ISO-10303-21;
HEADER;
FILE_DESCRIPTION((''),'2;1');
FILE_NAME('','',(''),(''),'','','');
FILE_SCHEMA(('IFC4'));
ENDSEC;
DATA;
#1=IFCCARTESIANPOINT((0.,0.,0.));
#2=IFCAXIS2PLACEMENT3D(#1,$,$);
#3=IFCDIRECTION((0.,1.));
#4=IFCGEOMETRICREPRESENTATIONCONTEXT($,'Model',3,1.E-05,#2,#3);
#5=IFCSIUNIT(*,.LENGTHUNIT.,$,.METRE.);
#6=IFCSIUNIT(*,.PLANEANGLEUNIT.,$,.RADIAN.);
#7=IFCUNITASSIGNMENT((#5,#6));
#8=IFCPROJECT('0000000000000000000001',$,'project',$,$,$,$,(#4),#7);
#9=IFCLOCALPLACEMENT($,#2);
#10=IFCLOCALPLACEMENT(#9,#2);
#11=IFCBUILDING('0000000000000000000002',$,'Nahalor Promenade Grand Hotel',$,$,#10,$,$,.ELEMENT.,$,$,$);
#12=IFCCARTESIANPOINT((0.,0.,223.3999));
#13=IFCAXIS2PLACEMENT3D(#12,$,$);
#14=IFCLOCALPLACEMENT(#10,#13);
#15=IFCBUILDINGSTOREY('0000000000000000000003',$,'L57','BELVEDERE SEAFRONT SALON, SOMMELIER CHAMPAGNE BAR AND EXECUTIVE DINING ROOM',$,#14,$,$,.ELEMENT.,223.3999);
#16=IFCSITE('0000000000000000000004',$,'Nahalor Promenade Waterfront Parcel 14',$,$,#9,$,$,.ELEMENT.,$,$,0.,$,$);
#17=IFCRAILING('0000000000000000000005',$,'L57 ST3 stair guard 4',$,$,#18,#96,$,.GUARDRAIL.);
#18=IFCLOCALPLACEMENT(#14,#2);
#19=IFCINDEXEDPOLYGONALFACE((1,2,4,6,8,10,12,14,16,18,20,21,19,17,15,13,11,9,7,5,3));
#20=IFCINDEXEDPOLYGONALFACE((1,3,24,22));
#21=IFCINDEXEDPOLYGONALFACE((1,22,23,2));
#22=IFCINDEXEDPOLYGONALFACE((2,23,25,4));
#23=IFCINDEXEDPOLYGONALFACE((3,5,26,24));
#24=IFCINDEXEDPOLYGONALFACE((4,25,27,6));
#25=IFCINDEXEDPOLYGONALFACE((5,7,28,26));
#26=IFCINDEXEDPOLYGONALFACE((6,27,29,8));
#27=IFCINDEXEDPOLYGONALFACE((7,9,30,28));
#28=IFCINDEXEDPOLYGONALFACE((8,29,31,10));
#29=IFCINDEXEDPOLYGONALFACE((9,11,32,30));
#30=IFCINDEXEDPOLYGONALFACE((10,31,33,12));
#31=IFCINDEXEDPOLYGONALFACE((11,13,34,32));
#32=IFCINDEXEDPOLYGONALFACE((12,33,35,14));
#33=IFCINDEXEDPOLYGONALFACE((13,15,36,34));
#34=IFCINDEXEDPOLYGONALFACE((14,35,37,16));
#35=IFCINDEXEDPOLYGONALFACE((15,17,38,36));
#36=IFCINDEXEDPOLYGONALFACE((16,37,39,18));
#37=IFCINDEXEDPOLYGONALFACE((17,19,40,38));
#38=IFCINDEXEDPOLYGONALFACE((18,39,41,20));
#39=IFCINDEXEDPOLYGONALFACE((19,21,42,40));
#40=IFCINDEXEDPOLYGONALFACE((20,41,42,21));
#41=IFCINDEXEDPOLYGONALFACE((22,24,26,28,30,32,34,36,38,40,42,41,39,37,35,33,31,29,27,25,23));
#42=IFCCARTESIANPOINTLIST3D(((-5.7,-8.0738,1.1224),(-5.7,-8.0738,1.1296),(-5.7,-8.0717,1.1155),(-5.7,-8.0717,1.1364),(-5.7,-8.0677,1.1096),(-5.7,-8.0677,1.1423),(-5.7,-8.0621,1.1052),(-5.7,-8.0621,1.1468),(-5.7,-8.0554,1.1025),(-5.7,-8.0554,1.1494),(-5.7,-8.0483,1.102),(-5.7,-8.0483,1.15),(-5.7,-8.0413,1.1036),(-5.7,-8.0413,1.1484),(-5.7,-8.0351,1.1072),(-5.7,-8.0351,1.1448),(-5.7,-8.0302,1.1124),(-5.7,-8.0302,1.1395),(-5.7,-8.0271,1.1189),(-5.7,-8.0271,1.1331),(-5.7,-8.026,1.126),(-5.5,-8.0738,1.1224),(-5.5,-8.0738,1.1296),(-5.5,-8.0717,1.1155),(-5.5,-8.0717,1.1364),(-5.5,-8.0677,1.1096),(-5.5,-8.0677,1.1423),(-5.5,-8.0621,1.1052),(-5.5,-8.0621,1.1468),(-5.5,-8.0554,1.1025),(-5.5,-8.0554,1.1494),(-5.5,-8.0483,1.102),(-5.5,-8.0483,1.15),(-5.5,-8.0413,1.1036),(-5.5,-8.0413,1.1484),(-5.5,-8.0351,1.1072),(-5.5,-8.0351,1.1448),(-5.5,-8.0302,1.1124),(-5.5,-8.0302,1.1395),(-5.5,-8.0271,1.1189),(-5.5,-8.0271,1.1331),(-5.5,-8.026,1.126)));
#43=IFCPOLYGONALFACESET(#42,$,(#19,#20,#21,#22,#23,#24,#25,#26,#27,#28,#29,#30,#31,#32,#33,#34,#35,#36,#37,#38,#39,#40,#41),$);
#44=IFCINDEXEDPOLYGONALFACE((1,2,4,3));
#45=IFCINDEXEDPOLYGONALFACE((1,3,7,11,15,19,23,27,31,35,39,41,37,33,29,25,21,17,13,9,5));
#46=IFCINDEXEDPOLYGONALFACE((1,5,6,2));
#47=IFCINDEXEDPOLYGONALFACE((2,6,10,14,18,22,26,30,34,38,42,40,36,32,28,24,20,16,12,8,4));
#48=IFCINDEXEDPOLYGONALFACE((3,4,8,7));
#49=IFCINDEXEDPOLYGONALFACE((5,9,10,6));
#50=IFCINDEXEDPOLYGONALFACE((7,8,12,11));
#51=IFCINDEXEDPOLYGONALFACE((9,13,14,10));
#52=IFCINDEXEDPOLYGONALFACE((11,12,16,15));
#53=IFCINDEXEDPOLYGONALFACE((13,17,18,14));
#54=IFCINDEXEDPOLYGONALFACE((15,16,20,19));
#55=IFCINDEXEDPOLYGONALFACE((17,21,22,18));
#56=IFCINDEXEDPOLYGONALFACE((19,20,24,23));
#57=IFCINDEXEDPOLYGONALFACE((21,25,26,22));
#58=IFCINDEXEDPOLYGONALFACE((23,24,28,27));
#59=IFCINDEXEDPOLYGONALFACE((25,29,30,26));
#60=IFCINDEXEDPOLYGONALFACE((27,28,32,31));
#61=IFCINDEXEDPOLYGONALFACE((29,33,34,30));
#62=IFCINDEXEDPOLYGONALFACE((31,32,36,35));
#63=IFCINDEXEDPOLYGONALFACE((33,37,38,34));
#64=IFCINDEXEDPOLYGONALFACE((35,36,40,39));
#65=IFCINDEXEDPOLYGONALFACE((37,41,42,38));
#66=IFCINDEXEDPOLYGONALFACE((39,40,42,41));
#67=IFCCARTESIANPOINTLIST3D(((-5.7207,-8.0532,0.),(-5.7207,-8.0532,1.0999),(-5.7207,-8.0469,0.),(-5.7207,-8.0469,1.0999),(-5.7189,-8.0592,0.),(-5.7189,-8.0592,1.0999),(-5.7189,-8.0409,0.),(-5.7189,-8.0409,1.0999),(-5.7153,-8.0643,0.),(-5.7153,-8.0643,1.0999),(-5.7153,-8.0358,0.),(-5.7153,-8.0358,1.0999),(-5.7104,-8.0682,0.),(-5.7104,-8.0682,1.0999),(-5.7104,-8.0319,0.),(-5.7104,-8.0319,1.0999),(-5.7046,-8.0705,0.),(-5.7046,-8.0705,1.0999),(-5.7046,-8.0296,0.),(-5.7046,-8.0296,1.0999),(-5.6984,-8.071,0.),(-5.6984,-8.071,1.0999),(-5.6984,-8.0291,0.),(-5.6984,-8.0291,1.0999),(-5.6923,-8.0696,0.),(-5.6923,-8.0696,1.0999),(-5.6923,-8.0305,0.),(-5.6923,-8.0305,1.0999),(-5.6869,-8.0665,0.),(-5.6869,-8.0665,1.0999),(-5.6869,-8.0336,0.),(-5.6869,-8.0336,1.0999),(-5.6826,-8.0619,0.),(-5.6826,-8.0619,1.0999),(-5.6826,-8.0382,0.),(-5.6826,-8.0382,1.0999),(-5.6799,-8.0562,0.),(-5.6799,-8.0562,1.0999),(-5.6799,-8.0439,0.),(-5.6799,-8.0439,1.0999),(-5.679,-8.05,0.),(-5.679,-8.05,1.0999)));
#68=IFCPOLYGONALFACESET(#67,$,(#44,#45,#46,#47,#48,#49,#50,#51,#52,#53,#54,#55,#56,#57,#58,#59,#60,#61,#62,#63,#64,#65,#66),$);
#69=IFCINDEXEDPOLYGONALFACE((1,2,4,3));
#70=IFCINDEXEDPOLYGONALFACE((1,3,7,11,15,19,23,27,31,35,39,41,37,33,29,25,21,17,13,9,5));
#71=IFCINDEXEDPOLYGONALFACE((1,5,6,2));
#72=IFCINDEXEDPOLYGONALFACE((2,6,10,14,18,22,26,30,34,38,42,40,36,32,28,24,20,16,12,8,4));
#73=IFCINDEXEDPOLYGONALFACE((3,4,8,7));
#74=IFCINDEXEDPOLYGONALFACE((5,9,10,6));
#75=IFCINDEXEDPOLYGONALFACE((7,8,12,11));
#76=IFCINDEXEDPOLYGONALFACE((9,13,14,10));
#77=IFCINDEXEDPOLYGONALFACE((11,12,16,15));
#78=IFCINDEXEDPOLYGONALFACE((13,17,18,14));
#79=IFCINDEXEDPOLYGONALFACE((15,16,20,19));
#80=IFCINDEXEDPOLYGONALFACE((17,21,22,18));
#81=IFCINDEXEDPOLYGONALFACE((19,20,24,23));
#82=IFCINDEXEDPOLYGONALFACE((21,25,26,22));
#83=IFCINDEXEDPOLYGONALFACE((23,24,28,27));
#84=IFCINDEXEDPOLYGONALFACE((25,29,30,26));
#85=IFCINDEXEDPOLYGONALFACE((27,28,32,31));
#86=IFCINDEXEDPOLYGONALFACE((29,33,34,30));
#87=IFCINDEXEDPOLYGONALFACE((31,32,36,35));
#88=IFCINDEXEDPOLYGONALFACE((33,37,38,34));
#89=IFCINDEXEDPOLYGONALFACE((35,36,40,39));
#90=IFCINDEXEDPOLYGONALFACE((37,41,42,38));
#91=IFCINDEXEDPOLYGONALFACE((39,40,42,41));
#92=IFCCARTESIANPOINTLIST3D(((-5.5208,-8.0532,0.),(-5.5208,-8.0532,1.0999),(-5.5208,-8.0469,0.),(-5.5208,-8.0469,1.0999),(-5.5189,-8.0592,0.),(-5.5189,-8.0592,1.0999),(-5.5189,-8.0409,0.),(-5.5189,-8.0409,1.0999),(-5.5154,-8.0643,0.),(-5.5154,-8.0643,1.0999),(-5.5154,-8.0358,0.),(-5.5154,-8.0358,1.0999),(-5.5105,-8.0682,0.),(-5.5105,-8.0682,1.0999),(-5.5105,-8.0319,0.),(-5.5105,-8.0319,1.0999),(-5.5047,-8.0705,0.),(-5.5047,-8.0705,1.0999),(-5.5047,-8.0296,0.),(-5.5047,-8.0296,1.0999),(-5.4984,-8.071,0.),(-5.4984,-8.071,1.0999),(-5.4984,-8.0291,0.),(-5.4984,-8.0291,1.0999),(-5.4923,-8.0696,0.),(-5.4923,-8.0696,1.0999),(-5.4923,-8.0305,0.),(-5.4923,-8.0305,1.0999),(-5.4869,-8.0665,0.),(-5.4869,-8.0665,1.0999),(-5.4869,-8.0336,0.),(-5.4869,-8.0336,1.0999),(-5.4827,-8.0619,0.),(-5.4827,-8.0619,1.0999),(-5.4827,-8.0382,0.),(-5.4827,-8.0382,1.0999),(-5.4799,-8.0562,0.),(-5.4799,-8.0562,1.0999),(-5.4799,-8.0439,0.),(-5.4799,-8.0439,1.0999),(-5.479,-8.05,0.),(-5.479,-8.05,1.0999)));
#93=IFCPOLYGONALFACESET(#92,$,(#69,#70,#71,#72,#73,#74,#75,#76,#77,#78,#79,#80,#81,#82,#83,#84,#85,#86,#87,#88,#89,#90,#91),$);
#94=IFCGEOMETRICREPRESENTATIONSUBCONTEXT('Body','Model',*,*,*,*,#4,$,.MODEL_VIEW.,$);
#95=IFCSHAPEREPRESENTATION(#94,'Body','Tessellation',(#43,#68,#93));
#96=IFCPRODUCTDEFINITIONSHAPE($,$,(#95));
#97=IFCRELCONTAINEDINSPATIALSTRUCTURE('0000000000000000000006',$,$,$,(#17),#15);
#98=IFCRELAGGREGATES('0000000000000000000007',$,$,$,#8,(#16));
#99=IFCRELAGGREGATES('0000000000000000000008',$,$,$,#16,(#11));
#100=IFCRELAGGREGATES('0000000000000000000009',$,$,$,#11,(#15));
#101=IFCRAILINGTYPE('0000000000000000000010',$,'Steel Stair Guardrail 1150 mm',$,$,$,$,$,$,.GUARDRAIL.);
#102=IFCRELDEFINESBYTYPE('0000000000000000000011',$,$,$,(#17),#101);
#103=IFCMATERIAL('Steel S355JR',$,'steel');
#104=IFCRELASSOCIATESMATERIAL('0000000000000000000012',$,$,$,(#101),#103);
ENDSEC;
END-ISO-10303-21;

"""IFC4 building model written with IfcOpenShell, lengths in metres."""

from ifc_helpers import new_model, si_unit, direction, frame, origin, origin_2d, place, context, subcontext, project, spatial, circle, extrude, material, type_object, element, save


model = new_model("IFC4")

# Units and contexts
model_context = context("Model", 3, precision=1e-05, world=origin(), true_north=direction((0.0, 1.0)))
body_context = subcontext(model_context, "Body", "Model", "MODEL_VIEW")
ifc_project = project(units=[si_unit("LENGTHUNIT", "METRE"), si_unit("PLANEANGLEUNIT", "RADIAN")], contexts=[model_context])

# Site, building, storey
site_placement = place(None, origin())
site = spatial("IfcSite", under=ifc_project, at=site_placement, Name="Nahalor Promenade Waterfront Parcel 14", CompositionType="ELEMENT", RefElevation=0.0)
building_placement = place(site_placement, origin())
building = spatial("IfcBuilding", under=site, at=building_placement, Name="Nahalor Promenade Grand Hotel", CompositionType="ELEMENT")
storey_placement = place(building_placement, frame((0.0, 0.0, 223.3999)))
storey = spatial("IfcBuildingStorey", under=building, at=storey_placement, Name="L57", Description="BELVEDERE SEAFRONT SALON, SOMMELIER CHAMPAGNE BAR AND EXECUTIVE DINING ROOM", CompositionType="ELEMENT", Elevation=223.3999)

# Shared definitions
ifc_material_1 = material(Name="Steel S355JR", Category="steel")

# Railing
railing_type_1 = type_object("IfcRailingType", Name="Steel Stair Guardrail 1150 mm", PredefinedType="GUARDRAIL", material=ifc_material_1)
railing_1_placement = place(storey_placement, frame((-5.7, -8.05, 0.0)))
element("IfcRailing", 1, at=railing_1_placement, inside=storey, type_object=railing_type_1, Name="L57 ST3 stair guard 4", PredefinedType="GUARDRAIL", context=body_context, shape_type="SweptSolid", body=[
    extrude(circle(Radius=0.024, at=origin_2d()), frame((0.0, 0.0, 1.126), z_axis=(1.0, 0.0, 0.0), x_axis=(0.0, 1.0, 0.0)), (0.0, 0.0, 1.0), 0.2),
    extrude(circle(Radius=0.021, at=origin_2d()), origin(), (0.0, 0.0, 1.0), 1.0999),
    extrude(circle(Radius=0.021, at=origin_2d()), frame((0.2, 0.0, 0.0)), (0.0, 0.0, 1.0), 1.0999),
])

save(model, "model.ifc")
